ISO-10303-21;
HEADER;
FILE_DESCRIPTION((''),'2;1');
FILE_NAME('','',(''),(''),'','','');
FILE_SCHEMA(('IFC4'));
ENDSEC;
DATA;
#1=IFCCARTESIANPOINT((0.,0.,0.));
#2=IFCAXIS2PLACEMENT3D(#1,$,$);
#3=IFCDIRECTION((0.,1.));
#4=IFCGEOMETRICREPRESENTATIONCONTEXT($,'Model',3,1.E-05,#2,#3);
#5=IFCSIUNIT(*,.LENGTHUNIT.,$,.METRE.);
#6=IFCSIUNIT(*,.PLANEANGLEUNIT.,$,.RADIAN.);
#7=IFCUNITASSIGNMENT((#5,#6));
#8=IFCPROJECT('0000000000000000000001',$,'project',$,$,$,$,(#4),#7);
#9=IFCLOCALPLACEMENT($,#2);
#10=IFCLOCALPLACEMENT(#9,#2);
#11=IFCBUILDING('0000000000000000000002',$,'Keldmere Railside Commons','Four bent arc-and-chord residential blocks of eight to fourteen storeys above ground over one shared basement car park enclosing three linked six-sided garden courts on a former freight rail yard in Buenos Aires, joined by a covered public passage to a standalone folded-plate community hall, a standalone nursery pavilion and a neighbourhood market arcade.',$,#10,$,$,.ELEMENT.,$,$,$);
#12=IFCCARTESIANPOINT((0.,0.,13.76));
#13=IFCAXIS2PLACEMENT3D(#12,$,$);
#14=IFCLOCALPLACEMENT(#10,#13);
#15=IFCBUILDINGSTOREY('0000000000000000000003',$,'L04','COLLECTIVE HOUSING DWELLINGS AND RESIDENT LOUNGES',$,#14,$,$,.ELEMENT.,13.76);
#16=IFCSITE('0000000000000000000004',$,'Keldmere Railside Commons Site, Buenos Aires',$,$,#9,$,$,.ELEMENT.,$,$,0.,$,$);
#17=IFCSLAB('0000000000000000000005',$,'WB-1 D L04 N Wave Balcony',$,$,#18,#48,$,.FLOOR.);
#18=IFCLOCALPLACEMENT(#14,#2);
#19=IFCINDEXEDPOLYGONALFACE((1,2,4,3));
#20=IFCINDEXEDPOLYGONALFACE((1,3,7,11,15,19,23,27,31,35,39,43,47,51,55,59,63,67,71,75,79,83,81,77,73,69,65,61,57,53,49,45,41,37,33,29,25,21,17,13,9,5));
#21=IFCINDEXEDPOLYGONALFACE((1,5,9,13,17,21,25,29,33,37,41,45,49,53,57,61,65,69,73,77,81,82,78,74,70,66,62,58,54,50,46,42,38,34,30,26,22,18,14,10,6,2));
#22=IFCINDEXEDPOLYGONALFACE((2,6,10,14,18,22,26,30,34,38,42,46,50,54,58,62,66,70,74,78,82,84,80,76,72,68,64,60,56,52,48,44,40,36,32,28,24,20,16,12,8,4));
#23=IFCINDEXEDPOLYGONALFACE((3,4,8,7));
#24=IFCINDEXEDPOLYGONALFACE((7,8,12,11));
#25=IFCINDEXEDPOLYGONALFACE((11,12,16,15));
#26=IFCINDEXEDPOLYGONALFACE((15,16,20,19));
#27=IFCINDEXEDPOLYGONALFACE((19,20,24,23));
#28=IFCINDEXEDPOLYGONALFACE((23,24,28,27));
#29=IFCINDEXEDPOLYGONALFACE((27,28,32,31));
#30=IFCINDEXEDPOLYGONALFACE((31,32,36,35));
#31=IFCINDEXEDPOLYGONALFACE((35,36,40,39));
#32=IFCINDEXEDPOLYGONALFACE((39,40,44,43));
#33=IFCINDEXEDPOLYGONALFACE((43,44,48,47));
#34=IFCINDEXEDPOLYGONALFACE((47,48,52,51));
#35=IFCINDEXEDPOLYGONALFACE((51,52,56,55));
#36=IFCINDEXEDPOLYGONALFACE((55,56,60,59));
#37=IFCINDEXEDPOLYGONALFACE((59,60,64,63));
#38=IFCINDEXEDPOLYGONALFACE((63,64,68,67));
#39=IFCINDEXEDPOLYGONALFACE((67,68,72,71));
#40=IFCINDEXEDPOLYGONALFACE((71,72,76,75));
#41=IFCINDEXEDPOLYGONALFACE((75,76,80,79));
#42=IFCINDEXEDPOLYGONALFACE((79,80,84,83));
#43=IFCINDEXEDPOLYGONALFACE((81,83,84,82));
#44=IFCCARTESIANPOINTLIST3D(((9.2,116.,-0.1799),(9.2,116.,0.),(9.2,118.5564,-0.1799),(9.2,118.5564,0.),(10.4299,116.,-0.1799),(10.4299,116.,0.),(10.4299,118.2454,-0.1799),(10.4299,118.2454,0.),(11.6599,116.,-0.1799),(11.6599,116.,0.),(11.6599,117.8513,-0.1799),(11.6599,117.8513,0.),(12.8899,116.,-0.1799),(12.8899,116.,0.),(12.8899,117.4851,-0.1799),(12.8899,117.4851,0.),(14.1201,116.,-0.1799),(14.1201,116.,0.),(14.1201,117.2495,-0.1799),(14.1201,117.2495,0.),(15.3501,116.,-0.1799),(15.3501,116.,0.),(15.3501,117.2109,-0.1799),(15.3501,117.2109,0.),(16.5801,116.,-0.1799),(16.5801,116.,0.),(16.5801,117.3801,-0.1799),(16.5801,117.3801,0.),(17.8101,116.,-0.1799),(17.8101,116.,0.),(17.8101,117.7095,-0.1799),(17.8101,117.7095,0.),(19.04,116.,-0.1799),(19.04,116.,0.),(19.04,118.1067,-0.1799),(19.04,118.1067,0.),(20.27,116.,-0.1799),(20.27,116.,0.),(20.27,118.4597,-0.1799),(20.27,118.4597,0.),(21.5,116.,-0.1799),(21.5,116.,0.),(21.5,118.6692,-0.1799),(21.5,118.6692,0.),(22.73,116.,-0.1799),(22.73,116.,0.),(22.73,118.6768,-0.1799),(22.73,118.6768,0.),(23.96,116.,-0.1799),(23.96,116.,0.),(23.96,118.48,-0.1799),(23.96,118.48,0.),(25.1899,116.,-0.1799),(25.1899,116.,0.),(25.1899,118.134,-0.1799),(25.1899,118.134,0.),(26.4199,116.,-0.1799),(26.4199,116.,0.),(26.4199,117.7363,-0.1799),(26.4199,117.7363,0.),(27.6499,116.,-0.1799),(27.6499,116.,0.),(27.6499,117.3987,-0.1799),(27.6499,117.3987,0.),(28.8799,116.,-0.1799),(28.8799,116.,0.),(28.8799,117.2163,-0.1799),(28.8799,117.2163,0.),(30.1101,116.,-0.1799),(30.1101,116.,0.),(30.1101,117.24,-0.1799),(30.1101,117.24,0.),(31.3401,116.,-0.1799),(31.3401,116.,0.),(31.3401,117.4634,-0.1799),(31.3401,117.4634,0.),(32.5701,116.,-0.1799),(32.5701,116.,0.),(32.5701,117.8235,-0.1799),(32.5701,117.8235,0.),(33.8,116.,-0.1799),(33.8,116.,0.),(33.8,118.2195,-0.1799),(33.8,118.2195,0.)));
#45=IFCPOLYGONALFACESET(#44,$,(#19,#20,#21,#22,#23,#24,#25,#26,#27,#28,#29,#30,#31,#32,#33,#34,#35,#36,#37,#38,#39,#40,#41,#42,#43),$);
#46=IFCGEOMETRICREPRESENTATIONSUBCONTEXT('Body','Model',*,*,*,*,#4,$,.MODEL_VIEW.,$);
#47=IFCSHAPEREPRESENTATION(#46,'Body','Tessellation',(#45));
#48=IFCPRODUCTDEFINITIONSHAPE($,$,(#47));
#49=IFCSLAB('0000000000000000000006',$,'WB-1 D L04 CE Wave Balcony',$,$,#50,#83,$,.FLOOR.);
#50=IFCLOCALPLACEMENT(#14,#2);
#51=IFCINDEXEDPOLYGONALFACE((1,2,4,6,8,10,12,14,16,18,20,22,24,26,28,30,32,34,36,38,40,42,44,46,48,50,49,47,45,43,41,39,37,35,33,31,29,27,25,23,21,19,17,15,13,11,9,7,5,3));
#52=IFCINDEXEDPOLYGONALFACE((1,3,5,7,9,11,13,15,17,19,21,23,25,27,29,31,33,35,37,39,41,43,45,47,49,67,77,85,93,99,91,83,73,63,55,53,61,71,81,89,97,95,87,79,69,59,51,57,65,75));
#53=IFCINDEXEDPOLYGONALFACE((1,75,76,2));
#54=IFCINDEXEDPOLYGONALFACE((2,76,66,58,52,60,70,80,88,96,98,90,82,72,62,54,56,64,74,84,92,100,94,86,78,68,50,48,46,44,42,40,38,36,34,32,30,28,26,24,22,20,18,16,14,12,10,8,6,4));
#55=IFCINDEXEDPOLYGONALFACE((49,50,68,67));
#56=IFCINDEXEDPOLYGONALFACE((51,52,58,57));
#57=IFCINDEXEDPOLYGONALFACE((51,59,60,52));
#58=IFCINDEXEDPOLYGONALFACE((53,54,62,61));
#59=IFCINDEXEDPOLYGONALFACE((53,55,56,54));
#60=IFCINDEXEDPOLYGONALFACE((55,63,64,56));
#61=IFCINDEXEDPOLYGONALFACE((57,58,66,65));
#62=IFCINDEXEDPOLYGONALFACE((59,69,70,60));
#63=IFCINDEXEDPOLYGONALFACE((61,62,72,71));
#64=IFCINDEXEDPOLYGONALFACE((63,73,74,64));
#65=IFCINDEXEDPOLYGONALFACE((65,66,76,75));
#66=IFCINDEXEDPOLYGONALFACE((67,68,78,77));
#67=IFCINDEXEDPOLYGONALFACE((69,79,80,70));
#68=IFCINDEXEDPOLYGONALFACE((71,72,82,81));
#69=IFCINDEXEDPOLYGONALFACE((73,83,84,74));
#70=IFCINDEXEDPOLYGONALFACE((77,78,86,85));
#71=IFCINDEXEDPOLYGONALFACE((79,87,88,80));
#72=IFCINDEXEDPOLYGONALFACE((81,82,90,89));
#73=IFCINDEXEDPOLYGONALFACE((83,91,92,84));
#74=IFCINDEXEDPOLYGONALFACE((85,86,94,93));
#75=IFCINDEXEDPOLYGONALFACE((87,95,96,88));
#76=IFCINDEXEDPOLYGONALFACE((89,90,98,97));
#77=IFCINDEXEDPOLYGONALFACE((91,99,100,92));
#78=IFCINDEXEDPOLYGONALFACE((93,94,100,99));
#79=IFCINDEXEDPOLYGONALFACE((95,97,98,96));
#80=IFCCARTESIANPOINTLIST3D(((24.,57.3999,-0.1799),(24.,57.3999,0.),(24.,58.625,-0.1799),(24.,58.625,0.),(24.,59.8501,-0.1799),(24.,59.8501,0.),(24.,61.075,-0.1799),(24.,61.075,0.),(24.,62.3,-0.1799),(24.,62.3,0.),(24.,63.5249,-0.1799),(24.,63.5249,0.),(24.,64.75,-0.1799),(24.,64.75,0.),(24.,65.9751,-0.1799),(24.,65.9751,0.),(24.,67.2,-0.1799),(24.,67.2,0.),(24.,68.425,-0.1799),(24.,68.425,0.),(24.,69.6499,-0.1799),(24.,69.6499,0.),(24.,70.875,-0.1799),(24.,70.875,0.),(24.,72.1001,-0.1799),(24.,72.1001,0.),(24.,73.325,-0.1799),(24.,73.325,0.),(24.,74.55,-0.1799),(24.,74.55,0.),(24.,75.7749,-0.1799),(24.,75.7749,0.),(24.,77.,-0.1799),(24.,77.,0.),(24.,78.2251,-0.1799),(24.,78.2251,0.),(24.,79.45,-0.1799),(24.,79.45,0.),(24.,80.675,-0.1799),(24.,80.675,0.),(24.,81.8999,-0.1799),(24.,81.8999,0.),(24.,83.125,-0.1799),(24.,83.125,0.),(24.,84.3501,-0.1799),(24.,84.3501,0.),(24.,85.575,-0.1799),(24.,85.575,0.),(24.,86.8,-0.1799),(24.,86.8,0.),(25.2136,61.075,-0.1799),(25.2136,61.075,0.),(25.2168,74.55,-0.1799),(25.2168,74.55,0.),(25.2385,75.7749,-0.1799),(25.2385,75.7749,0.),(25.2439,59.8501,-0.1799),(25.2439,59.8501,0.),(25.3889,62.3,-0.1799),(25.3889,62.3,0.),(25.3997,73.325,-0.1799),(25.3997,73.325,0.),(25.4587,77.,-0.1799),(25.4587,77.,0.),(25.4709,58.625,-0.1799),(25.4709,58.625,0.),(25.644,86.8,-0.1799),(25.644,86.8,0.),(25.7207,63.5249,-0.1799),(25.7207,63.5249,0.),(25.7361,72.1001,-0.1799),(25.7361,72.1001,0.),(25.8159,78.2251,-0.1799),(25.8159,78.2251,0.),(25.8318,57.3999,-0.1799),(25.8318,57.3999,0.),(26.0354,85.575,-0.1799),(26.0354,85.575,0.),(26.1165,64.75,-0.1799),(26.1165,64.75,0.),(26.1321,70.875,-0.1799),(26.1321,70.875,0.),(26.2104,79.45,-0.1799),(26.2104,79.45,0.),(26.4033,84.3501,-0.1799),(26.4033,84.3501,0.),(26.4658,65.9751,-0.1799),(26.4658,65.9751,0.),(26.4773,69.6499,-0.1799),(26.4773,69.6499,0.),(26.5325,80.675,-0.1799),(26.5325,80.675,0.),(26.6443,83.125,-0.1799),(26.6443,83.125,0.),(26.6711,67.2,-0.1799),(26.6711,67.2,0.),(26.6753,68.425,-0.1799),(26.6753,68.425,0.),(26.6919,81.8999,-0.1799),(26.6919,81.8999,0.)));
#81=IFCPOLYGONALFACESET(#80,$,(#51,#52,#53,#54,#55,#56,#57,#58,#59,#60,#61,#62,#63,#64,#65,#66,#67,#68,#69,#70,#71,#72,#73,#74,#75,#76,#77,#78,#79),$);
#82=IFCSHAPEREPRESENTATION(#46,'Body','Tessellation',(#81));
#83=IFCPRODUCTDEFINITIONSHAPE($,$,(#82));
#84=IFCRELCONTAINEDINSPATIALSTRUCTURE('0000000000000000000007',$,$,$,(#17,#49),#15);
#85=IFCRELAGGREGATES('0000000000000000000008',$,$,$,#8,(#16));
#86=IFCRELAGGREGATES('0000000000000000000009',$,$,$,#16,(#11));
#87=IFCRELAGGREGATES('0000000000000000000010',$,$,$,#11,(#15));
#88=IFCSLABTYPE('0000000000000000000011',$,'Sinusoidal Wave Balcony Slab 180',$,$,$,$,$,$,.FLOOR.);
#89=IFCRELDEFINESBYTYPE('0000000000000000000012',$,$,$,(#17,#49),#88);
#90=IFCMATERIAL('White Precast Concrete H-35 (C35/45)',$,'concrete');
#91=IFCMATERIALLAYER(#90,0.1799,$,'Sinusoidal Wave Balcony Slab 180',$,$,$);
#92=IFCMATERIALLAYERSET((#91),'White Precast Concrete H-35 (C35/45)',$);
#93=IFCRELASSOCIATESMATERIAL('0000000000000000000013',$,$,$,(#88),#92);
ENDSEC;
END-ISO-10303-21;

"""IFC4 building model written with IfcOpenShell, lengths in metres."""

from ifc_helpers import new_model, si_unit, direction, frame, origin, place, context, subcontext, project, spatial, polyline, outline, extrude, material, layer, layer_set, type_object, element, save


model = new_model("IFC4")

# Units and contexts
model_context = context("Model", 3, precision=1e-05, world=origin(), true_north=direction((0.0, 1.0)))
body_context = subcontext(model_context, "Body", "Model", "MODEL_VIEW")
ifc_project = project(units=[si_unit("LENGTHUNIT", "METRE"), si_unit("PLANEANGLEUNIT", "RADIAN")], contexts=[model_context])

# Site, building, storey
site_placement = place(None, origin())
site = spatial("IfcSite", under=ifc_project, at=site_placement, Name="Keldmere Railside Commons Site, Buenos Aires", CompositionType="ELEMENT", RefElevation=0.0)
building_placement = place(site_placement, origin())
building = spatial("IfcBuilding", under=site, at=building_placement, Name="Keldmere Railside Commons", Description="Four bent arc-and-chord residential blocks of eight to fourteen storeys above ground over one shared basement car park enclosing three linked six-sided garden courts on a former freight rail yard in Buenos Aires, joined by a covered public passage to a standalone folded-plate community hall, a standalone nursery pavilion and a neighbourhood market arcade.", CompositionType="ELEMENT")
storey_placement = place(building_placement, frame((0.0, 0.0, 13.76)))
storey = spatial("IfcBuildingStorey", under=building, at=storey_placement, Name="L04", Description="COLLECTIVE HOUSING DWELLINGS AND RESIDENT LOUNGES", CompositionType="ELEMENT", Elevation=13.76)

# Slabs
ifc_material_1 = material(Name="White Precast Concrete H-35 (C35/45)", Category="concrete")
ifc_layer_1 = layer(ifc_material_1, 0.1799, Name="Sinusoidal Wave Balcony Slab 180")
ifc_layer_set_1 = layer_set([ifc_layer_1], Name="White Precast Concrete H-35 (C35/45)")
slab_type_1 = type_object("IfcSlabType", Name="Sinusoidal Wave Balcony Slab 180", PredefinedType="FLOOR", material=ifc_layer_set_1)
slab_1_placement = place(storey_placement, frame((0.0, 0.0, -0.1799)))
element("IfcSlab", 1, at=slab_1_placement, inside=storey, type_object=slab_type_1, Name="WB-1 D L04 N Wave Balcony", PredefinedType="FLOOR", context=body_context, shape_type="SweptSolid", body=[
    extrude(outline(polyline([(9.2, 116.0), (10.4299, 116.0), (11.6599, 116.0), (12.8899, 116.0), (14.1201, 116.0), (15.3501, 116.0), (16.5801, 116.0), (17.8101, 116.0), (19.04, 116.0), (20.27, 116.0), (21.5, 116.0), (22.73, 116.0), (23.96, 116.0), (25.1899, 116.0), (26.4199, 116.0), (27.6499, 116.0), (28.8799, 116.0), (30.1101, 116.0), (31.3401, 116.0), (32.5701, 116.0), (33.8, 116.0), (33.8, 118.2195), (32.5701, 117.8235), (31.3401, 117.4634), (30.1101, 117.24), (28.8799, 117.2163), (27.6499, 117.3987), (26.4199, 117.7363), (25.1899, 118.134), (23.96, 118.48), (22.73, 118.6768), (21.5, 118.6692), (20.27, 118.4597), (19.04, 118.1067), (17.8101, 117.7095), (16.5801, 117.3801), (15.3501, 117.2109), (14.1201, 117.2495), (12.8899, 117.4851), (11.6599, 117.8513), (10.4299, 118.2454), (9.2, 118.5564), (9.2, 116.0)])), origin(), (0.0, 0.0, 1.0), 0.1799),
])
slab_2_placement = place(storey_placement, frame((0.0, 0.0, -0.1799)))
element("IfcSlab", 2, at=slab_2_placement, inside=storey, type_object=slab_type_1, Name="WB-1 D L04 CE Wave Balcony", PredefinedType="FLOOR", context=body_context, shape_type="SweptSolid", body=[
    extrude(outline(polyline([(25.8318, 57.3999), (25.4709, 58.625), (25.2439, 59.8501), (25.2136, 61.075), (25.3889, 62.3), (25.7207, 63.5249), (26.1165, 64.75), (26.4658, 65.9751), (26.6711, 67.2), (26.6753, 68.425), (26.4773, 69.6499), (26.1321, 70.875), (25.7361, 72.1001), (25.3997, 73.325), (25.2168, 74.55), (25.2385, 75.7749), (25.4587, 77.0), (25.8159, 78.2251), (26.2104, 79.45), (26.5325, 80.675), (26.6919, 81.8999), (26.6443, 83.125), (26.4033, 84.3501), (26.0354, 85.575), (25.644, 86.8), (24.0, 86.8), (24.0, 85.575), (24.0, 84.3501), (24.0, 83.125), (24.0, 81.8999), (24.0, 80.675), (24.0, 79.45), (24.0, 78.2251), (24.0, 77.0), (24.0, 75.7749), (24.0, 74.55), (24.0, 73.325), (24.0, 72.1001), (24.0, 70.875), (24.0, 69.6499), (24.0, 68.425), (24.0, 67.2), (24.0, 65.9751), (24.0, 64.75), (24.0, 63.5249), (24.0, 62.3), (24.0, 61.075), (24.0, 59.8501), (24.0, 58.625), (24.0, 57.3999), (25.8318, 57.3999)])), origin(), (0.0, 0.0, 1.0), 0.1799),
])

save(model, "model.ifc")
